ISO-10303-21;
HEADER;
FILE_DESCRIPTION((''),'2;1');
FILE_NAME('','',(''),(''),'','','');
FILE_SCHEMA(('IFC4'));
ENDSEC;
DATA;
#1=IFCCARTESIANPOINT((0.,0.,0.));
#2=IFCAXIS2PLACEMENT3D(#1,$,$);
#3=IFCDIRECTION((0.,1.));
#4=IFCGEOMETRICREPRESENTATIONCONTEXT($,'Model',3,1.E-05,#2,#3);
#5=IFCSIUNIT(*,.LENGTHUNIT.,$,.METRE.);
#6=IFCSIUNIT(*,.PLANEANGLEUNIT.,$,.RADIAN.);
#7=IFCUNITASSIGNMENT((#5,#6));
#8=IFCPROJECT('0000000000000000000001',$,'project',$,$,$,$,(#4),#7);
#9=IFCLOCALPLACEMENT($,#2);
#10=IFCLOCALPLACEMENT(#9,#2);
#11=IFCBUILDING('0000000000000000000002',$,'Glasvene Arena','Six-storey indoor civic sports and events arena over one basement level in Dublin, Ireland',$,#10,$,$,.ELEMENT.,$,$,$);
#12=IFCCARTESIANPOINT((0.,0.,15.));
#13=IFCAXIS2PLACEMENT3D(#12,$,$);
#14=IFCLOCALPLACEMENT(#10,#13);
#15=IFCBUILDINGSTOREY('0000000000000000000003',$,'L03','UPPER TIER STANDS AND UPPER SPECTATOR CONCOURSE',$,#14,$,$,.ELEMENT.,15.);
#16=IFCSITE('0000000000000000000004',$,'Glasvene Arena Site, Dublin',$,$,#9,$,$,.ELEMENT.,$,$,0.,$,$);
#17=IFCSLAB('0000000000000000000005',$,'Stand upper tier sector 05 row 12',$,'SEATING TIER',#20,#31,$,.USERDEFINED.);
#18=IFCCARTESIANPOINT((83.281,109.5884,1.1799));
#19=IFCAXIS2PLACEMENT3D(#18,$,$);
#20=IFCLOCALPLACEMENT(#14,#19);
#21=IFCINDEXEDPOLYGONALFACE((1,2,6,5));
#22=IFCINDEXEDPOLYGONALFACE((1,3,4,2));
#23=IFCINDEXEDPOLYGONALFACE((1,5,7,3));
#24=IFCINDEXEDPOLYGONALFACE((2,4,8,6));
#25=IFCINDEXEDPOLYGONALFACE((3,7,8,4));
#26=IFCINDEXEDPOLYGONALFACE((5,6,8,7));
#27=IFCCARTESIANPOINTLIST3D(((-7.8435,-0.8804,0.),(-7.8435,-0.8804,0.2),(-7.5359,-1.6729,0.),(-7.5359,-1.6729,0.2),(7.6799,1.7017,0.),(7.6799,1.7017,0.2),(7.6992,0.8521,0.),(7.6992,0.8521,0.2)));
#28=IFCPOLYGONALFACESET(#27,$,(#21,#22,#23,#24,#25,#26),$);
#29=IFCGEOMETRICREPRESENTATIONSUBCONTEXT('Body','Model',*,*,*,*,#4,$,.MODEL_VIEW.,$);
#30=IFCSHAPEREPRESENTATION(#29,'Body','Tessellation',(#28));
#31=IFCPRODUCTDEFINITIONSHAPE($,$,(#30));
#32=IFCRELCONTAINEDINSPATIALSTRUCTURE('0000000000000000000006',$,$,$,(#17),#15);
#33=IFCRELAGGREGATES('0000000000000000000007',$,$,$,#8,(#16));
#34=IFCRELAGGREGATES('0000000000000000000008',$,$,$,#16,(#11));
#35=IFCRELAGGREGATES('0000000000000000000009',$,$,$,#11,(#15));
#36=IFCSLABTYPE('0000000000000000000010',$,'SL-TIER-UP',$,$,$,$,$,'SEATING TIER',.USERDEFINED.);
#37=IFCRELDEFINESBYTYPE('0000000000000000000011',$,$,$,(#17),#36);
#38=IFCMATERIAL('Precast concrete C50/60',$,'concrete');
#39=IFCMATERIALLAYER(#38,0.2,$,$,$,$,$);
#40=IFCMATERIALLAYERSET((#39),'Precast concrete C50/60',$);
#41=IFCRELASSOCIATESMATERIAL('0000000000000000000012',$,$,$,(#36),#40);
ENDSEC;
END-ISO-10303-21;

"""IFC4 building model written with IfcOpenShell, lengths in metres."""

from ifc_helpers import new_model, si_unit, direction, frame, origin, place, context, subcontext, project, spatial, polyline, outline, extrude, material, layer, layer_set, type_object, element, save


model = new_model("IFC4")

# Units and contexts
model_context = context("Model", 3, precision=1e-05, world=origin(), true_north=direction((0.0, 1.0)))
body_context = subcontext(model_context, "Body", "Model", "MODEL_VIEW")
ifc_project = project(units=[si_unit("LENGTHUNIT", "METRE"), si_unit("PLANEANGLEUNIT", "RADIAN")], contexts=[model_context])

# Site, building, storey
site_placement = place(None, origin())
site = spatial("IfcSite", under=ifc_project, at=site_placement, Name="Glasvene Arena Site, Dublin", CompositionType="ELEMENT", RefElevation=0.0)
building_placement = place(site_placement, origin())
building = spatial("IfcBuilding", under=site, at=building_placement, Name="Glasvene Arena", Description="Six-storey indoor civic sports and events arena over one basement level in Dublin, Ireland", CompositionType="ELEMENT")
storey_placement = place(building_placement, frame((0.0, 0.0, 15.0)))
storey = spatial("IfcBuildingStorey", under=building, at=storey_placement, Name="L03", Description="UPPER TIER STANDS AND UPPER SPECTATOR CONCOURSE", CompositionType="ELEMENT", Elevation=15.0)

# Slab
ifc_material_1 = material(Name="Precast concrete C50/60", Category="concrete")
ifc_layer_1 = layer(ifc_material_1, 0.2)
ifc_layer_set_1 = layer_set([ifc_layer_1], Name="Precast concrete C50/60")
slab_type = type_object("IfcSlabType", Name="SL-TIER-UP", ElementType="SEATING TIER", PredefinedType="USERDEFINED", material=ifc_layer_set_1)
slab_placement = place(storey_placement, frame((83.281, 109.5884, 1.1799)))
element("IfcSlab", 1, at=slab_placement, inside=storey, type_object=slab_type, Name="Stand upper tier sector 05 row 12", ObjectType="SEATING TIER", PredefinedType="USERDEFINED", context=body_context, shape_type="SweptSolid", body=[
    extrude(outline(polyline([(7.6992, 0.8521), (-7.5359, -1.6729), (-7.8435, -0.8804), (7.6799, 1.7017), (7.6992, 0.8521)])), origin(), (0.0, 0.0, 1.0), 0.2),
])

save(model, "model.ifc")
